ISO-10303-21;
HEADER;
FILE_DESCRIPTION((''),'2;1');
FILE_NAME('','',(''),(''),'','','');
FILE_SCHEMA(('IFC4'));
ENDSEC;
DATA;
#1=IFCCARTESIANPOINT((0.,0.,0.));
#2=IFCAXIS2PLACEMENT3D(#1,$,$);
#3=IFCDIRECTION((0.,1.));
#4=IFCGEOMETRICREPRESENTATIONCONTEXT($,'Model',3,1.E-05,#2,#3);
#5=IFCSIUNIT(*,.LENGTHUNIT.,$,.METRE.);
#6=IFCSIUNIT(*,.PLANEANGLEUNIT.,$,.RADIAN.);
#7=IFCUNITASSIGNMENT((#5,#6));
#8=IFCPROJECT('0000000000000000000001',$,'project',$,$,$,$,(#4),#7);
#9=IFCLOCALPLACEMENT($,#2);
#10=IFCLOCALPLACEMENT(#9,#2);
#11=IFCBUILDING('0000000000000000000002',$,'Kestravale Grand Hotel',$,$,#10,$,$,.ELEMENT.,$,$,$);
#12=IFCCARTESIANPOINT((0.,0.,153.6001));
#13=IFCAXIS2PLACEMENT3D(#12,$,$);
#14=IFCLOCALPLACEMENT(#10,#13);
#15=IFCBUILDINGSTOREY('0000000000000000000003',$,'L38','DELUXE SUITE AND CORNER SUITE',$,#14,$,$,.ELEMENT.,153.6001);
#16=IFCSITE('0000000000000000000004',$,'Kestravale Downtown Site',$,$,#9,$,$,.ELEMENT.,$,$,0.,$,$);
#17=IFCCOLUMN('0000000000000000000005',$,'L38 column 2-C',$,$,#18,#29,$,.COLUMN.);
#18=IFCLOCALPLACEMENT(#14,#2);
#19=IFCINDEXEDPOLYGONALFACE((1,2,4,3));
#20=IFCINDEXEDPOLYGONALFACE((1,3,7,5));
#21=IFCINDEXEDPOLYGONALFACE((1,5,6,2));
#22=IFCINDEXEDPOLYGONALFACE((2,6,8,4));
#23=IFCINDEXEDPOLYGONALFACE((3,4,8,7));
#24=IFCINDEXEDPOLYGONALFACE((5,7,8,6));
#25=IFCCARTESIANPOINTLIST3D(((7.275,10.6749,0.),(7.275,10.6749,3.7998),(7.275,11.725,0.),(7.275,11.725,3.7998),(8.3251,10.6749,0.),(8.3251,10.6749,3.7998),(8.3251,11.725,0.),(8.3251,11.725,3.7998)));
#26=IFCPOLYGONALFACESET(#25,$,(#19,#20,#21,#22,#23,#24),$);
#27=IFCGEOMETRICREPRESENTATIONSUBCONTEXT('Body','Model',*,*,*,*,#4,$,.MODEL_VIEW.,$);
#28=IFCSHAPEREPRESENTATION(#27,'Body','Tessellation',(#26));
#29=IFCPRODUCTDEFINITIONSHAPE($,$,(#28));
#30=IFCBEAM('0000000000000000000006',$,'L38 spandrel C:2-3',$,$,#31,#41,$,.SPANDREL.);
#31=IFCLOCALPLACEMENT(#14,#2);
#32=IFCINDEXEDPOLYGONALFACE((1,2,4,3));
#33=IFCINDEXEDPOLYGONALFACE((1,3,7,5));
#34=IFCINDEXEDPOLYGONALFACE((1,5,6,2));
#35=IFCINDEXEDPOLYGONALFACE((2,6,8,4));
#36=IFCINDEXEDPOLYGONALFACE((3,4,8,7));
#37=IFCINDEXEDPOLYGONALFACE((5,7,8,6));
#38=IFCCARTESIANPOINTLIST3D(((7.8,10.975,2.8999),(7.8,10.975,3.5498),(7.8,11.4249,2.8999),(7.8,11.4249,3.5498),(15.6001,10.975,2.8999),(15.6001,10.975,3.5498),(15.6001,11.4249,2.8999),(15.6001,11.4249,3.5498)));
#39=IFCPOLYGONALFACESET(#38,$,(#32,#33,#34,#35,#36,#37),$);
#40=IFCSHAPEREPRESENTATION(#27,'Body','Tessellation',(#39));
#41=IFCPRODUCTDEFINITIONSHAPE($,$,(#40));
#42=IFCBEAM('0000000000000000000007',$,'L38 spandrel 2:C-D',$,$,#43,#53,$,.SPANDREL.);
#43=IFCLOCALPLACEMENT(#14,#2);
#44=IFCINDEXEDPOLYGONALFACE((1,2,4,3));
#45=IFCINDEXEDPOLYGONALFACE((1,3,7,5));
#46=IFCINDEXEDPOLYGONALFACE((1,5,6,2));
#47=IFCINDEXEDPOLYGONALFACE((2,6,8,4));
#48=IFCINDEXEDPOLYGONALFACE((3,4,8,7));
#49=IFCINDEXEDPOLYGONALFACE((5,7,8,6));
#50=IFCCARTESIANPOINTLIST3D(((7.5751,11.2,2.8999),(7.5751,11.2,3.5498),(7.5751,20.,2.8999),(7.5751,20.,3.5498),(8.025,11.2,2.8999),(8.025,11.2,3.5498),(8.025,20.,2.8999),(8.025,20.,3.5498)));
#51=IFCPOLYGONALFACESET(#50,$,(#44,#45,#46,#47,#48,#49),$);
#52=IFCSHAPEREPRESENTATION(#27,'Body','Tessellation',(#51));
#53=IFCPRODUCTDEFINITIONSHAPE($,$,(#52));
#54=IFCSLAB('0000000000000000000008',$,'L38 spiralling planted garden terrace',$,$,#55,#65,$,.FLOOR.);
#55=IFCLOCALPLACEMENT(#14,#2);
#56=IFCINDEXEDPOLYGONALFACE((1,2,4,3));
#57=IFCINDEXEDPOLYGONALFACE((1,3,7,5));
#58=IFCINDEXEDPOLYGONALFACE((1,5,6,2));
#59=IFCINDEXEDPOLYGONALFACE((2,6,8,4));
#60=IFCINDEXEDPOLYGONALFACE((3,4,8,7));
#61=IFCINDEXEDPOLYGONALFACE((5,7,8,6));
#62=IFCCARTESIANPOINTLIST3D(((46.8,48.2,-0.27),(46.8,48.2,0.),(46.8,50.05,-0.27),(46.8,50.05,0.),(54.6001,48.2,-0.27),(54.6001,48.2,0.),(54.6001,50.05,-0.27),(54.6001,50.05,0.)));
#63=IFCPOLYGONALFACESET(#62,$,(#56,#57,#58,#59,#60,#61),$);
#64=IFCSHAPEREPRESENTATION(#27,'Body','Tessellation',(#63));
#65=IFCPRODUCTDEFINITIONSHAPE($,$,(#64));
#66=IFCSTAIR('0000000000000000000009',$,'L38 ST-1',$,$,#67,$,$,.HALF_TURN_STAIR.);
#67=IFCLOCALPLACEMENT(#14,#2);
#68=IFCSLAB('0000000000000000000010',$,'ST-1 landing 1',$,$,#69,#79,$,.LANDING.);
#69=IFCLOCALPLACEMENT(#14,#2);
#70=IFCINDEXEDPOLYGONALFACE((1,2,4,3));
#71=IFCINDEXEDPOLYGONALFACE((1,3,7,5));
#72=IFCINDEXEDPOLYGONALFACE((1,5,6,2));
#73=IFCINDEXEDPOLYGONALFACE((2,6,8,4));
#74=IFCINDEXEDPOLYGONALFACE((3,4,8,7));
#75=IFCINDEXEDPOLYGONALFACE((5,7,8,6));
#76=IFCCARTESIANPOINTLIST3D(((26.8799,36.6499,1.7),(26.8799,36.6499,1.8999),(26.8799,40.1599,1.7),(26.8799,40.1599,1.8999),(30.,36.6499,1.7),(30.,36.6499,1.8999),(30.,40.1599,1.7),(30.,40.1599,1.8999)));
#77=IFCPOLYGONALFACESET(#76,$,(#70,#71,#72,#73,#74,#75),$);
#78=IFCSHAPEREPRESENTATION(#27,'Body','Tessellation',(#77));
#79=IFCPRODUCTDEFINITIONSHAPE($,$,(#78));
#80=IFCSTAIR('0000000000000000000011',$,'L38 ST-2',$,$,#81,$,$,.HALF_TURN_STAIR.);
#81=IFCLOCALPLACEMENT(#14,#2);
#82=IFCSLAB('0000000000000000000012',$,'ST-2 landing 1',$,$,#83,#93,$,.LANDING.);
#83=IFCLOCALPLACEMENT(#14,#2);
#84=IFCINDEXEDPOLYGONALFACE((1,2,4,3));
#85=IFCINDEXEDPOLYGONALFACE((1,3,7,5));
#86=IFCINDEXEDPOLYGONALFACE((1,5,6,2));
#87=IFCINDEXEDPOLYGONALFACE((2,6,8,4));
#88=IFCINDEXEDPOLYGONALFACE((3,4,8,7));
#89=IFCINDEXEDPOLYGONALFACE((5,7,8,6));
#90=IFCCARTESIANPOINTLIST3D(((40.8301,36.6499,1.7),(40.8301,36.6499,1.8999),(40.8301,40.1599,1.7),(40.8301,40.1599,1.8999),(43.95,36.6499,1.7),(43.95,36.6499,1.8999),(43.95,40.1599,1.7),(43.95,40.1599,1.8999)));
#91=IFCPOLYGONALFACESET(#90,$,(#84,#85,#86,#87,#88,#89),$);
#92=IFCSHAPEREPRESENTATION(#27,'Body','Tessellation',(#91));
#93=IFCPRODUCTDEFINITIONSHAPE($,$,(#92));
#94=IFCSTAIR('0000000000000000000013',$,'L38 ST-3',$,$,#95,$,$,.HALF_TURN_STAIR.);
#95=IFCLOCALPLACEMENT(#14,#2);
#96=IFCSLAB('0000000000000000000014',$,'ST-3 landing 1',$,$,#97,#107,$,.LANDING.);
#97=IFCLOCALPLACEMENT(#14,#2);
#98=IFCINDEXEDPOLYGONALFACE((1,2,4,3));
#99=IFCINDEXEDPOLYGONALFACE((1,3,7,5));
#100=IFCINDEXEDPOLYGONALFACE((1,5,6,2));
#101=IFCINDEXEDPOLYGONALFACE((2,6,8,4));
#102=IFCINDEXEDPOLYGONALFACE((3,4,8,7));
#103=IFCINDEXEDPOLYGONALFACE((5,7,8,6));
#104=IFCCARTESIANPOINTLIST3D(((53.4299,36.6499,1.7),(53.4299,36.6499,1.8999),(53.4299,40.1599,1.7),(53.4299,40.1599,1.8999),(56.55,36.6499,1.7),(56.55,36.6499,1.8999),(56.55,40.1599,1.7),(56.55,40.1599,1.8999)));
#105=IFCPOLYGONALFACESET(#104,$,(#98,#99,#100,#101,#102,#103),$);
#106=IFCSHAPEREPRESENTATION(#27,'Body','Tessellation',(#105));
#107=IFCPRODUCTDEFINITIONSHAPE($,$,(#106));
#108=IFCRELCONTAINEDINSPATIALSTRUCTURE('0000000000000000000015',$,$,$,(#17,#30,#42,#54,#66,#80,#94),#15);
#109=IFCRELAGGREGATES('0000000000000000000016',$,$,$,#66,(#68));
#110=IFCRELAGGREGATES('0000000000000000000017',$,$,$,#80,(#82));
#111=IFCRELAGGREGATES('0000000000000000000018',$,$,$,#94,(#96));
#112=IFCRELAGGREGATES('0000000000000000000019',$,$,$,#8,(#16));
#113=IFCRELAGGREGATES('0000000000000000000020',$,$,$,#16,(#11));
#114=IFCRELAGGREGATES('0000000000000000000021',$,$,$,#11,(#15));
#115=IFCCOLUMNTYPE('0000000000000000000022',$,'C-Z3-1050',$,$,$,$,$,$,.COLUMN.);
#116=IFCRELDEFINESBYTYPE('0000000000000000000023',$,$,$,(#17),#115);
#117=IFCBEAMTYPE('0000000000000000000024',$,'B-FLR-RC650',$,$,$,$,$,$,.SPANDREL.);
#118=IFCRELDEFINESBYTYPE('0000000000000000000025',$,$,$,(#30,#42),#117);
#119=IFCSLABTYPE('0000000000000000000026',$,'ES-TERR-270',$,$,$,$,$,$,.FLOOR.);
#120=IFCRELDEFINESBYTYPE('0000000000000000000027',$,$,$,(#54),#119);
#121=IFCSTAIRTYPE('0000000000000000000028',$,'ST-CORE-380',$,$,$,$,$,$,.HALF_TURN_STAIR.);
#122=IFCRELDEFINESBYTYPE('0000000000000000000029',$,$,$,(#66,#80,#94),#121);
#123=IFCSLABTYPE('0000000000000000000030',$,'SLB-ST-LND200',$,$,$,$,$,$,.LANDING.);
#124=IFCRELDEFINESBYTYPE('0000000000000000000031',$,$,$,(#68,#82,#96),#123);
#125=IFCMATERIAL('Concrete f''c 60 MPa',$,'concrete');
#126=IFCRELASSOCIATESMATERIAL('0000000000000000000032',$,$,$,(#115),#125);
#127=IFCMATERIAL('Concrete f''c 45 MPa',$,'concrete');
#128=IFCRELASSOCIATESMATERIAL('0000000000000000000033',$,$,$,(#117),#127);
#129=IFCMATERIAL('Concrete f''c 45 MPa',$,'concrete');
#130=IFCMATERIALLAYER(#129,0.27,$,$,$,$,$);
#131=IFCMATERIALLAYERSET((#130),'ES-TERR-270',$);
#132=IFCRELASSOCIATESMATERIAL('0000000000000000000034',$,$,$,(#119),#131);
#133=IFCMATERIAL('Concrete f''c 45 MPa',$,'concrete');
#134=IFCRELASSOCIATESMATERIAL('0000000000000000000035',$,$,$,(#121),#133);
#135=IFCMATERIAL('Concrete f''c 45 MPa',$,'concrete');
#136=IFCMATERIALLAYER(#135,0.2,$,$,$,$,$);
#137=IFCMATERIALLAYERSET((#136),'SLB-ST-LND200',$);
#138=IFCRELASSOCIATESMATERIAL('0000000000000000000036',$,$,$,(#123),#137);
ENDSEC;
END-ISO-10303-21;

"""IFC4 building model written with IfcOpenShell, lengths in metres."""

from ifc_helpers import new_model, si_unit, direction, frame, origin, origin_2d, place, context, subcontext, project, spatial, polyline, rectangle, outline, extrude, material, layer, layer_set, material_profile, profile_set, type_object, element, aggregate, save


model = new_model("IFC4")

# Units and contexts
model_context = context("Model", 3, precision=1e-05, world=origin(), true_north=direction((0.0, 1.0)))
body_context = subcontext(model_context, "Body", "Model", "MODEL_VIEW")
ifc_project = project(units=[si_unit("LENGTHUNIT", "METRE"), si_unit("PLANEANGLEUNIT", "RADIAN")], contexts=[model_context])

# Site, building, storey
site_placement = place(None, origin())
site = spatial("IfcSite", under=ifc_project, at=site_placement, Name="Kestravale Downtown Site", CompositionType="ELEMENT", RefElevation=0.0)
building_placement = place(site_placement, origin())
building = spatial("IfcBuilding", under=site, at=building_placement, Name="Kestravale Grand Hotel", CompositionType="ELEMENT")
storey_placement = place(building_placement, frame((0.0, 0.0, 153.6001)))
storey = spatial("IfcBuildingStorey", under=building, at=storey_placement, Name="L38", Description="DELUXE SUITE AND CORNER SUITE", CompositionType="ELEMENT", Elevation=153.6001)

# Column
ifc_material_1 = material(Name="Concrete f'c 60 MPa", Category="concrete")
ifc_material_profile_1 = material_profile(ifc_material_1, rectangle(XDim=1.05, YDim=1.05, at=origin_2d()))
ifc_profile_set_1 = profile_set([ifc_material_profile_1], Name="Concrete f'c 60 MPa")
column_type = type_object("IfcColumnType", Name="C-Z3-1050", PredefinedType="COLUMN", material=ifc_profile_set_1)
column_placement = place(storey_placement, frame((7.8, 11.2, 0.0), z_axis=(0.0, 0.0, 1.0), x_axis=(1.0, 0.0, 0.0)))
element("IfcColumn", 1, at=column_placement, inside=storey, type_object=column_type, Name="L38 column 2-C", PredefinedType="COLUMN", context=body_context, shape_type="SweptSolid", body=[
    extrude(rectangle(XDim=1.05, YDim=1.05, at=origin_2d()), origin(), (0.0, 0.0, 1.0), 3.7998),
])

# Beams
ifc_material_2 = material(Name="Concrete f'c 45 MPa", Category="concrete")
ifc_material_profile_2 = material_profile(ifc_material_2, rectangle(XDim=0.45, YDim=0.6499, at=origin_2d()))
ifc_profile_set_2 = profile_set([ifc_material_profile_2], Name="Concrete f'c 45 MPa")
beam_type = type_object("IfcBeamType", Name="B-FLR-RC650", PredefinedType="SPANDREL", material=ifc_profile_set_2)
beam_1_placement = place(storey_placement, frame((7.8, 11.2, 3.2249), z_axis=(1.0, 0.0, 0.0), x_axis=(0.0, 1.0, 0.0)))
element("IfcBeam", 2, at=beam_1_placement, inside=storey, type_object=beam_type, Name="L38 spandrel C:2-3", PredefinedType="SPANDREL", context=body_context, shape_type="SweptSolid", body=[
    extrude(rectangle(XDim=0.45, YDim=0.6499, at=origin_2d()), origin(), (0.0, 0.0, 1.0), 7.8),
])
beam_2_placement = place(storey_placement, frame((7.8, 11.2, 3.2249), z_axis=(0.0, 1.0, 0.0), x_axis=(-1.0, 0.0, 0.0)))
element("IfcBeam", 3, at=beam_2_placement, inside=storey, type_object=beam_type, Name="L38 spandrel 2:C-D", PredefinedType="SPANDREL", context=body_context, shape_type="SweptSolid", body=[
    extrude(rectangle(XDim=0.45, YDim=0.6499, at=origin_2d()), origin(), (0.0, 0.0, 1.0), 8.8),
])

# Slab
ifc_material_3 = material(Name="Concrete f'c 45 MPa", Category="concrete")
ifc_layer_1 = layer(ifc_material_3, 0.27)
ifc_layer_set_1 = layer_set([ifc_layer_1], Name="ES-TERR-270")
slab_type_1 = type_object("IfcSlabType", Name="ES-TERR-270", PredefinedType="FLOOR", material=ifc_layer_set_1)
slab_1_placement = place(storey_placement, frame((0.0, 0.0, -0.27)))
element("IfcSlab", 4, at=slab_1_placement, inside=storey, type_object=slab_type_1, Name="L38 spiralling planted garden terrace", PredefinedType="FLOOR", context=body_context, shape_type="SweptSolid", body=[
    extrude(outline(polyline([(46.8, 48.2), (54.6001, 48.2), (54.6001, 50.05), (46.8, 50.05), (46.8, 48.2)])), origin(), (0.0, 0.0, 1.0), 0.27),
])

# Stairs, slabs
ifc_material_4 = material(Name="Concrete f'c 45 MPa", Category="concrete")
stair_type = type_object("IfcStairType", Name="ST-CORE-380", PredefinedType="HALF_TURN_STAIR", material=ifc_material_4)
stair_1_placement = place(storey_placement, origin())
stair_1 = element("IfcStair", 5, at=stair_1_placement, inside=storey, type_object=stair_type, Name="L38 ST-1", PredefinedType="HALF_TURN_STAIR")
ifc_material_5 = material(Name="Concrete f'c 45 MPa", Category="concrete")
ifc_layer_2 = layer(ifc_material_5, 0.2)
ifc_layer_set_2 = layer_set([ifc_layer_2], Name="SLB-ST-LND200")
slab_type_2 = type_object("IfcSlabType", Name="SLB-ST-LND200", PredefinedType="LANDING", material=ifc_layer_set_2)
slab_2_placement = place(storey_placement, frame((0.0, 0.0, 1.7)))
slab_2 = element("IfcSlab", 6, at=slab_2_placement, type_object=slab_type_2, Name="ST-1 landing 1", PredefinedType="LANDING", context=body_context, shape_type="SweptSolid", body=[
    extrude(outline(polyline([(26.8799, 36.6499), (30.0, 36.6499), (30.0, 40.1599), (26.8799, 40.1599), (26.8799, 36.6499)])), origin(), (0.0, 0.0, 1.0), 0.2),
])
aggregate(stair_1, [slab_2])
stair_2_placement = place(storey_placement, origin())
stair_2 = element("IfcStair", 7, at=stair_2_placement, inside=storey, type_object=stair_type, Name="L38 ST-2", PredefinedType="HALF_TURN_STAIR")
slab_3_placement = place(storey_placement, frame((0.0, 0.0, 1.7)))
slab_3 = element("IfcSlab", 8, at=slab_3_placement, type_object=slab_type_2, Name="ST-2 landing 1", PredefinedType="LANDING", context=body_context, shape_type="SweptSolid", body=[
    extrude(outline(polyline([(40.8301, 36.6499), (43.95, 36.6499), (43.95, 40.1599), (40.8301, 40.1599), (40.8301, 36.6499)])), origin(), (0.0, 0.0, 1.0), 0.2),
])
aggregate(stair_2, [slab_3])
stair_3_placement = place(storey_placement, origin())
stair_3 = element("IfcStair", 9, at=stair_3_placement, inside=storey, type_object=stair_type, Name="L38 ST-3", PredefinedType="HALF_TURN_STAIR")
slab_4_placement = place(storey_placement, frame((0.0, 0.0, 1.7)))
slab_4 = element("IfcSlab", 10, at=slab_4_placement, type_object=slab_type_2, Name="ST-3 landing 1", PredefinedType="LANDING", context=body_context, shape_type="SweptSolid", body=[
    extrude(outline(polyline([(53.4299, 36.6499), (56.55, 36.6499), (56.55, 40.1599), (53.4299, 40.1599), (53.4299, 36.6499)])), origin(), (0.0, 0.0, 1.0), 0.2),
])
aggregate(stair_3, [slab_4])

save(model, "model.ifc")
